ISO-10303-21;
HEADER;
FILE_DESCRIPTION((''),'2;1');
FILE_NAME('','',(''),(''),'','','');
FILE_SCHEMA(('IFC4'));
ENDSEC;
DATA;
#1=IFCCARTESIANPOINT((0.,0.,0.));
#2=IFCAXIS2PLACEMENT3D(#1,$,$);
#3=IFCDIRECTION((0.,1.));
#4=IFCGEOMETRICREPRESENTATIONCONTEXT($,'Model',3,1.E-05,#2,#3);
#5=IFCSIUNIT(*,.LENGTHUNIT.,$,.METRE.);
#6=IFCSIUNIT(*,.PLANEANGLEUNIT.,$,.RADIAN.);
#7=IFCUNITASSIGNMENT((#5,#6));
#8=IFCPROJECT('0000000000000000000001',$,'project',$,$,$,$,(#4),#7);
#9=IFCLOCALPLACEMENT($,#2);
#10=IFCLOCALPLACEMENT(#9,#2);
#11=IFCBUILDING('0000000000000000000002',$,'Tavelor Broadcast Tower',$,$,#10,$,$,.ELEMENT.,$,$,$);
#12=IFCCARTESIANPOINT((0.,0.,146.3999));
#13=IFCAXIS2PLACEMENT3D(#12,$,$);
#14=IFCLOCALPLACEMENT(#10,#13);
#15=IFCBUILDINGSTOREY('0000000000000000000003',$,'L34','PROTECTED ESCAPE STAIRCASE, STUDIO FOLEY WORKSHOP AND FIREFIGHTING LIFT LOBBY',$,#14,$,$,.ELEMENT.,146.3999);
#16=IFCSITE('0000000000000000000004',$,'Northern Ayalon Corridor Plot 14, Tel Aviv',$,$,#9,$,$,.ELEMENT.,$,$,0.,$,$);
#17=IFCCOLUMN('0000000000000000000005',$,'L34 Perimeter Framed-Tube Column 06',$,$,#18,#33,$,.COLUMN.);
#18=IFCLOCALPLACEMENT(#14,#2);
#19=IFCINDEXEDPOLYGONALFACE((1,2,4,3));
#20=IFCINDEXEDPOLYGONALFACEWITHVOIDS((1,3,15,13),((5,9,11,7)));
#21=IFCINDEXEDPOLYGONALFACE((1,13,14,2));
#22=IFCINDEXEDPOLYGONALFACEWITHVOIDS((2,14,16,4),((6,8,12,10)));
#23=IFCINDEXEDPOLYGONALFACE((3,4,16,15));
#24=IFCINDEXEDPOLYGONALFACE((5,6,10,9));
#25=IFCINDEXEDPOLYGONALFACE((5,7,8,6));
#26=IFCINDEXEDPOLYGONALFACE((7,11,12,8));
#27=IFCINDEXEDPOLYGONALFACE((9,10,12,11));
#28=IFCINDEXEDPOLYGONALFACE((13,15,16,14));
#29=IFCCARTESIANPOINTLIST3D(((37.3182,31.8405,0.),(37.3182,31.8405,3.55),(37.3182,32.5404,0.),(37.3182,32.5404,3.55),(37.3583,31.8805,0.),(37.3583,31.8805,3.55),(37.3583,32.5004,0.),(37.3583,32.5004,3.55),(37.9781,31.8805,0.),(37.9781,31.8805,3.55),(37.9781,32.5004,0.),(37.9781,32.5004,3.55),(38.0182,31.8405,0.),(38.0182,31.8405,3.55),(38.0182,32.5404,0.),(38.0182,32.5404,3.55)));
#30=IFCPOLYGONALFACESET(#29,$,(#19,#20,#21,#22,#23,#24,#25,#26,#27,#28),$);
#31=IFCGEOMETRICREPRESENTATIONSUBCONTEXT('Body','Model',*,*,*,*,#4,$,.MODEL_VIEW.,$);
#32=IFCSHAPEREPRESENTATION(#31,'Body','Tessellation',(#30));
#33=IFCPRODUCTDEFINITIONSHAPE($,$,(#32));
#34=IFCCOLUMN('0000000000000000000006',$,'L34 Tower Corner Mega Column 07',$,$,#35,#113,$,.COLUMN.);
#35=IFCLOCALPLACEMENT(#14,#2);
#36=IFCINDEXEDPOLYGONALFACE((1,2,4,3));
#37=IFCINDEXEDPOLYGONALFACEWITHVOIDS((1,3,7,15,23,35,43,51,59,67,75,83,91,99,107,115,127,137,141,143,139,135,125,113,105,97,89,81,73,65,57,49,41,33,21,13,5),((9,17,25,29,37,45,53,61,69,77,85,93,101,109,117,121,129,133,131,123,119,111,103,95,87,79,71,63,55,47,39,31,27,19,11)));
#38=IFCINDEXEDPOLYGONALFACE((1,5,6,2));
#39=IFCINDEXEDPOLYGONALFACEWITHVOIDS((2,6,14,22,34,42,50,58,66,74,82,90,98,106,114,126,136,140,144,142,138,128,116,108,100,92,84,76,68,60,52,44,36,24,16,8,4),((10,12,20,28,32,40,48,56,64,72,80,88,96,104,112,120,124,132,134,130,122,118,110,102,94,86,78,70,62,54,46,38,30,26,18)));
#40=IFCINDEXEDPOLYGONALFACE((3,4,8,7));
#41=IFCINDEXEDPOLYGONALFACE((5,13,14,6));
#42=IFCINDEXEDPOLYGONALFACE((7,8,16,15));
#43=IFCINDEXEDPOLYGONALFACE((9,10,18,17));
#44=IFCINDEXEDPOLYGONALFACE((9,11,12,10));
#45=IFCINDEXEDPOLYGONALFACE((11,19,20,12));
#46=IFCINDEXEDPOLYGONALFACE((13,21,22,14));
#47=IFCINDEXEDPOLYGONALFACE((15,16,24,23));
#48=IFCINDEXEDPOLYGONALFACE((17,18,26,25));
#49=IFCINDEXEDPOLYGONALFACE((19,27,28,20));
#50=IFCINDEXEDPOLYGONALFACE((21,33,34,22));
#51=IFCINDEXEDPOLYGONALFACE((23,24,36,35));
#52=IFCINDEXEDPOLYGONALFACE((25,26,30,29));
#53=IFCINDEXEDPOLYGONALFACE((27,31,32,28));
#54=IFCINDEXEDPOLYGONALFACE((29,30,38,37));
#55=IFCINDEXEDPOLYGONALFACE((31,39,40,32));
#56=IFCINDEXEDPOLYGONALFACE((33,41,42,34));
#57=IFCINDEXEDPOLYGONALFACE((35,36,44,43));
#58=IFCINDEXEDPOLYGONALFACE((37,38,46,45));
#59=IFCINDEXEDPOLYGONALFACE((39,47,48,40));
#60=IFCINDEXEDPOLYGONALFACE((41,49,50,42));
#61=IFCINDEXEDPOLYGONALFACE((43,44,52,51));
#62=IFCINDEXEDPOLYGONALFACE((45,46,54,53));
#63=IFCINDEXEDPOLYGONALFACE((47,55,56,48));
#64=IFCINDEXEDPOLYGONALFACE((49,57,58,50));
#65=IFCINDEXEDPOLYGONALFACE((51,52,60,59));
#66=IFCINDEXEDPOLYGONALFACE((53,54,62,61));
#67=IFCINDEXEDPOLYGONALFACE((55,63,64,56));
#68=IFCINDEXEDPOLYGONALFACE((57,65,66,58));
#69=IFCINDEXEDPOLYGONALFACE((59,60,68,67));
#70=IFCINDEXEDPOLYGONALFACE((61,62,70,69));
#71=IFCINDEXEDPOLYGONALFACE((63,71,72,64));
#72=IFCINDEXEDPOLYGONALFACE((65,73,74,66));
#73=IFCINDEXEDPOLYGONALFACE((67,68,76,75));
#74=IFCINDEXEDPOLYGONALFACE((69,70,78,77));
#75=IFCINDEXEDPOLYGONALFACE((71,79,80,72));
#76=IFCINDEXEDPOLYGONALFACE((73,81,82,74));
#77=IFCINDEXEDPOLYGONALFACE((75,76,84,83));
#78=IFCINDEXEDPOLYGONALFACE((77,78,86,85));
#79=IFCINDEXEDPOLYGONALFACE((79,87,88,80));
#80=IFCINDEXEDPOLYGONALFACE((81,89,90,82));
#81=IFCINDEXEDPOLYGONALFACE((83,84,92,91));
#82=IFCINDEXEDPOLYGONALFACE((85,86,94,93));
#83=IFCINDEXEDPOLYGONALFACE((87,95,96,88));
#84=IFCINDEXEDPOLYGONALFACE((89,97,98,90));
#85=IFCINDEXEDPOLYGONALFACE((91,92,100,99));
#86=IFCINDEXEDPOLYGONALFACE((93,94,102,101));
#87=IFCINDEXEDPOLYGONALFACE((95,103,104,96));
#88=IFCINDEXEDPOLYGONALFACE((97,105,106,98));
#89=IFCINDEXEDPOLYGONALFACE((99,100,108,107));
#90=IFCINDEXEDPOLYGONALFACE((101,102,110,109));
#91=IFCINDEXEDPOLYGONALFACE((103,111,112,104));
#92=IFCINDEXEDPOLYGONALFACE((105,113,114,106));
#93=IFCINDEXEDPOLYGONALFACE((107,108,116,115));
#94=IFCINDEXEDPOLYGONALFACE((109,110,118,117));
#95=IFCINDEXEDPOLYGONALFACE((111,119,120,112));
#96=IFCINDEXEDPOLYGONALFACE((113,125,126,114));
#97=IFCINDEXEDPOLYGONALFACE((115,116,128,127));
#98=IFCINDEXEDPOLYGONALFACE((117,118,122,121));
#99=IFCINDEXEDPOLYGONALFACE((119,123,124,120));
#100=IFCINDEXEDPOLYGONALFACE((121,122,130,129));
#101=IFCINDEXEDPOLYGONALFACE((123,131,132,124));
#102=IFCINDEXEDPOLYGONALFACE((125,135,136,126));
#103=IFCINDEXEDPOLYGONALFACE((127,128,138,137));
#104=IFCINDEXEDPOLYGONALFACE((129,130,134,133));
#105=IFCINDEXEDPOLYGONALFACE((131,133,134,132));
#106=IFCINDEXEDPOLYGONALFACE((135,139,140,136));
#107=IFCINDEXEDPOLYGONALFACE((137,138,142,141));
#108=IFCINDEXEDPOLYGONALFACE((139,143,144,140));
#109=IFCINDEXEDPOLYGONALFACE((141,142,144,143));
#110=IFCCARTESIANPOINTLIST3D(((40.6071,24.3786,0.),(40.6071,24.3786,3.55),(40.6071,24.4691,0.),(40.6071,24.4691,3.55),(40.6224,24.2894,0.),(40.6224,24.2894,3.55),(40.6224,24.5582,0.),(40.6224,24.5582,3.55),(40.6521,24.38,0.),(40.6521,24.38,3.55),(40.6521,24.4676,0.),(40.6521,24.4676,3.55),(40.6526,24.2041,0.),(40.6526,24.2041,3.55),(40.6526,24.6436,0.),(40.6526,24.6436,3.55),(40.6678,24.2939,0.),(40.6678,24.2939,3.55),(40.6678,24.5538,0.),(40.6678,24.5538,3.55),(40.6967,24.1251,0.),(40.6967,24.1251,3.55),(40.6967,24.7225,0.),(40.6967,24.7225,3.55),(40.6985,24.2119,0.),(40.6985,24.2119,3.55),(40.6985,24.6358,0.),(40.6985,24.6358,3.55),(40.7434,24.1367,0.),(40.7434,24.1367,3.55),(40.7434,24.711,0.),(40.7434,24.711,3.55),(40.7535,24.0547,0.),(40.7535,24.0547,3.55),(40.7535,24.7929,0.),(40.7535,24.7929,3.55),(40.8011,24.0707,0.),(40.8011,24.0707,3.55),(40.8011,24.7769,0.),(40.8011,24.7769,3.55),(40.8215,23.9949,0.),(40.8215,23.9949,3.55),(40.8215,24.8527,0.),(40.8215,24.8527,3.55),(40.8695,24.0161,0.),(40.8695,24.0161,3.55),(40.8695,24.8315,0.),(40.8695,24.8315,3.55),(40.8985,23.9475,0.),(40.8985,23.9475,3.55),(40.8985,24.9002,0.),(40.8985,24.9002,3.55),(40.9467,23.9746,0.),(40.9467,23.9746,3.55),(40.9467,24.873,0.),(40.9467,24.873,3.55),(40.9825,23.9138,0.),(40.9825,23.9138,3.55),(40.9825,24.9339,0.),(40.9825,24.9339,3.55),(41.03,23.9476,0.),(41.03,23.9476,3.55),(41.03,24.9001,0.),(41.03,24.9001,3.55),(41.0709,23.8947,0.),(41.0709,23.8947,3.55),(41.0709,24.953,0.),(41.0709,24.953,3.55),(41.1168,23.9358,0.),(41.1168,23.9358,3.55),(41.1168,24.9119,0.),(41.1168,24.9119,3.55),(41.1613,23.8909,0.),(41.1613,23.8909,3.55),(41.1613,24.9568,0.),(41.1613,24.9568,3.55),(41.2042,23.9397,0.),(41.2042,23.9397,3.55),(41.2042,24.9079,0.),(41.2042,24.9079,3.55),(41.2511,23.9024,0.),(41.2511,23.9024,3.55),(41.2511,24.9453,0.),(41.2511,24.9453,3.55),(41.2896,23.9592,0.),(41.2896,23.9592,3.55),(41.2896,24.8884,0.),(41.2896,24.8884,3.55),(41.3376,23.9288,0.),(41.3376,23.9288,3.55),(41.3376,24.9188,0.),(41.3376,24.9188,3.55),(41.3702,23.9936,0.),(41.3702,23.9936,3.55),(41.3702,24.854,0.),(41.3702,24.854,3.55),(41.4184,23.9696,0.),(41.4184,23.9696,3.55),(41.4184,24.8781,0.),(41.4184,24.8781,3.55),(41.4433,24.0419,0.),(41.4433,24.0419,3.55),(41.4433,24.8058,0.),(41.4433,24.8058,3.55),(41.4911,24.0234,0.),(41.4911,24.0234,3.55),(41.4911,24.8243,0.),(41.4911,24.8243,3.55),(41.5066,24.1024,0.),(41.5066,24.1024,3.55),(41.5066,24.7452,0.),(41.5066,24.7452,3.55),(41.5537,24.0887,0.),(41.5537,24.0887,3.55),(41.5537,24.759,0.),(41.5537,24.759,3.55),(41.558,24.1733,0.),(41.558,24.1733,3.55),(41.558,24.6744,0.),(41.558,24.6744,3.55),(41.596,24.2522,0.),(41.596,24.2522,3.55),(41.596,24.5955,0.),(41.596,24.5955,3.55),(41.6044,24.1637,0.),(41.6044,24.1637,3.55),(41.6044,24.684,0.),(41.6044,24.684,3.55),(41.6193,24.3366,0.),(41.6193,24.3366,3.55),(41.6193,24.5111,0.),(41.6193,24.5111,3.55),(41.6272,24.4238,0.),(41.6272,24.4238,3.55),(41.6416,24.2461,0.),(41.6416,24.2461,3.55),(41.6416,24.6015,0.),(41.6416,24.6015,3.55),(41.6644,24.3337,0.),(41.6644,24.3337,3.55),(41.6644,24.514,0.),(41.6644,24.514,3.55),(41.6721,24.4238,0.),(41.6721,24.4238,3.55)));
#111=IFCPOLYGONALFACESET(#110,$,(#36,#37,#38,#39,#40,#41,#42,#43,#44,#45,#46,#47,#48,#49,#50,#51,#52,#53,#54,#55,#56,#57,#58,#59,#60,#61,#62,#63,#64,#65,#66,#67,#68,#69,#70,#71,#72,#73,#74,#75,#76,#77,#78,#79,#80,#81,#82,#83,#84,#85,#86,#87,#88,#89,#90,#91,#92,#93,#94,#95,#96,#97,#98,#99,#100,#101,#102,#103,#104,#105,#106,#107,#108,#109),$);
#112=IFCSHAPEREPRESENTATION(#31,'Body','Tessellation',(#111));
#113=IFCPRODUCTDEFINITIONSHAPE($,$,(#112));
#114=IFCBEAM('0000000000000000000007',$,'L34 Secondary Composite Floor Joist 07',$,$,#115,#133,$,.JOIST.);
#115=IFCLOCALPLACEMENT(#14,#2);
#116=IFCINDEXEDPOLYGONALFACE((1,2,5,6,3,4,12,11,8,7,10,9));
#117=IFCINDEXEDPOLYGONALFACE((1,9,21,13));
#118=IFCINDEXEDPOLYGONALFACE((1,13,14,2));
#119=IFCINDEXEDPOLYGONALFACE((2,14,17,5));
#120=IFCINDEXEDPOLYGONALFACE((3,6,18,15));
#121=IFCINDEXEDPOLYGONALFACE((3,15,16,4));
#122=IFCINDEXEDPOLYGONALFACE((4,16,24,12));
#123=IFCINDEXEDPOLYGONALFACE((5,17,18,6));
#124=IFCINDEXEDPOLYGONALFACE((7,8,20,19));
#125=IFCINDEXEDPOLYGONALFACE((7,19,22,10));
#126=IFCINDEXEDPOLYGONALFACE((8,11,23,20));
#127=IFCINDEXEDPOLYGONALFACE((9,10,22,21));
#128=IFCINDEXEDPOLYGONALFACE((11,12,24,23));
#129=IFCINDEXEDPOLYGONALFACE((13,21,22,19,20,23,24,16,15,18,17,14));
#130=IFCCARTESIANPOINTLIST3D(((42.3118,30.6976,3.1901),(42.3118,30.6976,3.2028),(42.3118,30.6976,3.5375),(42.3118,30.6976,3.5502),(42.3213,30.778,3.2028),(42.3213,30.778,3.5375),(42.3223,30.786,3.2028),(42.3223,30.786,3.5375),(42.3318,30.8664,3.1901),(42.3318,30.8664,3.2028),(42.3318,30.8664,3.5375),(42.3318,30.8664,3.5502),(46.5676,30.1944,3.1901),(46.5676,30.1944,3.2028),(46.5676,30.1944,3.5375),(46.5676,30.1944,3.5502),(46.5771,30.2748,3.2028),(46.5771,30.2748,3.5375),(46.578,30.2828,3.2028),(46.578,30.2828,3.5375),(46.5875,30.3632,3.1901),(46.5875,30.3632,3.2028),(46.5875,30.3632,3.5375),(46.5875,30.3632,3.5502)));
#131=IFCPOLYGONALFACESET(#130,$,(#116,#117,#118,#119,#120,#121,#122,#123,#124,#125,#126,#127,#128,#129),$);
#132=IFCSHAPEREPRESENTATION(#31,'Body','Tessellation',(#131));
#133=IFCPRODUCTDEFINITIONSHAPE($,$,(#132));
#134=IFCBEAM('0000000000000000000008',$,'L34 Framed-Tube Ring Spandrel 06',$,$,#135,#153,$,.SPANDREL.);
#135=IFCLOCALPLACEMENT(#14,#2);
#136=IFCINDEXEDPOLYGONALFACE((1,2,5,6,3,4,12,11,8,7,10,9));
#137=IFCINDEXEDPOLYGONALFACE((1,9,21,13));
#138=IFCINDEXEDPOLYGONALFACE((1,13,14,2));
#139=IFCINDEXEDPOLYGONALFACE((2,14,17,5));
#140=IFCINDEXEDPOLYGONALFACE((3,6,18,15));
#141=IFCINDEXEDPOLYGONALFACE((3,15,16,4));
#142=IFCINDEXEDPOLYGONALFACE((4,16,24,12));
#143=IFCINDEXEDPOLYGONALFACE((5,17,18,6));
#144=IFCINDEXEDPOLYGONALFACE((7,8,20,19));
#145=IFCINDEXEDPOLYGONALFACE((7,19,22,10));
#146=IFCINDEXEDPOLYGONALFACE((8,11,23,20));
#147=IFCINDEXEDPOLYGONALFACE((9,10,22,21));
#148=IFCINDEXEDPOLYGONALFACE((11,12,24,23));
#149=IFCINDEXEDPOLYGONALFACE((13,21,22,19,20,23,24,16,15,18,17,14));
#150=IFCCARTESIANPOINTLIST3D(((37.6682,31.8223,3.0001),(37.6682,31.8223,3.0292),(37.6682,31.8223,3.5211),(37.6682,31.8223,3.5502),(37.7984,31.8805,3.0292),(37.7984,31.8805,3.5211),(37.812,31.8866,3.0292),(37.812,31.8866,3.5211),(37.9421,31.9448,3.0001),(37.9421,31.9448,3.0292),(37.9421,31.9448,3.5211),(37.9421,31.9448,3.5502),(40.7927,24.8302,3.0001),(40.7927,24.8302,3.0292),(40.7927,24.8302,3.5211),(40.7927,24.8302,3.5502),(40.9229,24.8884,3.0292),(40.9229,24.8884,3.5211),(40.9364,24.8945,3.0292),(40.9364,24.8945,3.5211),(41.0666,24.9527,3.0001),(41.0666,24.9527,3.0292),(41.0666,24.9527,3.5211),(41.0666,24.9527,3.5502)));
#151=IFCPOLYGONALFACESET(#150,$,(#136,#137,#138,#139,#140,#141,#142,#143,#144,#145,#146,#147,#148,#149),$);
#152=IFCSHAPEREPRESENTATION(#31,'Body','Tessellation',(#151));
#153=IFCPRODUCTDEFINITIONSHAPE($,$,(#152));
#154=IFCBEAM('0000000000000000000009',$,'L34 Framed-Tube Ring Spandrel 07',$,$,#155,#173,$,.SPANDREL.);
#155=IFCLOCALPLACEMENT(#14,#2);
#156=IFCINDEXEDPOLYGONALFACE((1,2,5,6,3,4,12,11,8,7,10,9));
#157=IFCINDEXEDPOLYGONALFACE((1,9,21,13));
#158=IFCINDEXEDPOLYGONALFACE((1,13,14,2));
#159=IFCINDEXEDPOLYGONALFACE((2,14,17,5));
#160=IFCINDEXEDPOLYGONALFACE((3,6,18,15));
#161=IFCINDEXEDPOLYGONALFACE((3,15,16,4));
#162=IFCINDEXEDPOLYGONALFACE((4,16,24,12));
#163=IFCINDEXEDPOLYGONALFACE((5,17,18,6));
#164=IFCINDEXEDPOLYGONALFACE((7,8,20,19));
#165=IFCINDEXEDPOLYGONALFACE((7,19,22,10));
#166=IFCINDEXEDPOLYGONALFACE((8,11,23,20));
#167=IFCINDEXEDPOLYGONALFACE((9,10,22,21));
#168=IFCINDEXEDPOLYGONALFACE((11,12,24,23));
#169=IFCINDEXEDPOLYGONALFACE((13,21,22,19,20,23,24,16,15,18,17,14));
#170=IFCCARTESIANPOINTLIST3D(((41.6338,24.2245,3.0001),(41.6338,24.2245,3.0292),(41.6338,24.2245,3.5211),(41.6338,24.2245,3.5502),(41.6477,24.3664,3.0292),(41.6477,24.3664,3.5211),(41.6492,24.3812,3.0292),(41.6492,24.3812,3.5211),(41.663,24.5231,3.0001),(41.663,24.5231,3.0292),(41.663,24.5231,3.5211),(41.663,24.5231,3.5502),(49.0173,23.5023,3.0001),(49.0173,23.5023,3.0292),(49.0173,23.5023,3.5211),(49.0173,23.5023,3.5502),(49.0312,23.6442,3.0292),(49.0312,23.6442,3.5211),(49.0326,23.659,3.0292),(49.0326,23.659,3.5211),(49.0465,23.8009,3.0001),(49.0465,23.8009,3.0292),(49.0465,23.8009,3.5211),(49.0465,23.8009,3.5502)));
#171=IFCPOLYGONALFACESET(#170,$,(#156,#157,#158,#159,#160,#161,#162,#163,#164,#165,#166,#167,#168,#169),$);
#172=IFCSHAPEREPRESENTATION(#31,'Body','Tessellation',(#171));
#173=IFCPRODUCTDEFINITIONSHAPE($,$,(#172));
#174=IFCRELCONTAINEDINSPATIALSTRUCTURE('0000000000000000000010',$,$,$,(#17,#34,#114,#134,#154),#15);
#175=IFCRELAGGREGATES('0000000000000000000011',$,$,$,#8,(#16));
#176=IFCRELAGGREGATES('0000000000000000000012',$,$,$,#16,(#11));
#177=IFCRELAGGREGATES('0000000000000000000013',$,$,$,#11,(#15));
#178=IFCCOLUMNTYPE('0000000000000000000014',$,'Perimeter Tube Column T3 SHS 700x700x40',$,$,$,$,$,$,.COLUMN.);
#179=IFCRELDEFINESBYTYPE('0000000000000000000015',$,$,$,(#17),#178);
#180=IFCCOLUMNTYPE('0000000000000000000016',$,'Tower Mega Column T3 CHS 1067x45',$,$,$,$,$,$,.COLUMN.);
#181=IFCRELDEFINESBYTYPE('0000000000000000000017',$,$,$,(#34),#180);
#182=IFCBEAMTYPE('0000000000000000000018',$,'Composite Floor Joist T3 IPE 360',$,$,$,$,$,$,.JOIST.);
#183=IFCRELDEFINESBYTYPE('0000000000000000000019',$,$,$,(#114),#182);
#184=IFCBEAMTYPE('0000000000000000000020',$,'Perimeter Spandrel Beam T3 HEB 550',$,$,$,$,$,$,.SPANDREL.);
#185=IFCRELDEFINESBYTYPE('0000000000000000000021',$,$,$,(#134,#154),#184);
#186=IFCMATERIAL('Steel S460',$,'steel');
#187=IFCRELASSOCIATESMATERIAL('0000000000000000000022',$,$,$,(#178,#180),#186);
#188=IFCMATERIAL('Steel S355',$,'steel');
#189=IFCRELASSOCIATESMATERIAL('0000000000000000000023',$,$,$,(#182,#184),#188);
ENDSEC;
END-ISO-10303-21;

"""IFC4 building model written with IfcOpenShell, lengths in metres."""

from ifc_helpers import new_model, si_unit, direction, frame, origin, origin_2d, place, context, subcontext, project, spatial, hollow_rectangle, hollow_circle, i_section, extrude, material, material_profile, profile_set, type_object, element, save


model = new_model("IFC4")

# Units and contexts
model_context = context("Model", 3, precision=1e-05, world=origin(), true_north=direction((0.0, 1.0)))
body_context = subcontext(model_context, "Body", "Model", "MODEL_VIEW")
ifc_project = project(units=[si_unit("LENGTHUNIT", "METRE"), si_unit("PLANEANGLEUNIT", "RADIAN")], contexts=[model_context])

# Site, building, storey
site_placement = place(None, origin())
site = spatial("IfcSite", under=ifc_project, at=site_placement, Name="Northern Ayalon Corridor Plot 14, Tel Aviv", CompositionType="ELEMENT", RefElevation=0.0)
building_placement = place(site_placement, origin())
building = spatial("IfcBuilding", under=site, at=building_placement, Name="Tavelor Broadcast Tower", CompositionType="ELEMENT")
storey_placement = place(building_placement, frame((0.0, 0.0, 146.3999)))
storey = spatial("IfcBuildingStorey", under=building, at=storey_placement, Name="L34", Description="PROTECTED ESCAPE STAIRCASE, STUDIO FOLEY WORKSHOP AND FIREFIGHTING LIFT LOBBY", CompositionType="ELEMENT", Elevation=146.3999)

# Columns
ifc_material_1 = material(Name="Steel S460", Category="steel")
ifc_material_profile_1 = material_profile(ifc_material_1, hollow_rectangle(XDim=0.7, YDim=0.7, WallThickness=0.04, at=origin_2d()), Name="SHS 700x700x40")
ifc_profile_set_1 = profile_set([ifc_material_profile_1], Name="Steel S460")
column_type_1 = type_object("IfcColumnType", Name="Perimeter Tube Column T3 SHS 700x700x40", PredefinedType="COLUMN", material=ifc_profile_set_1)
column_1_placement = place(storey_placement, frame((37.6682, 32.1904, 0.0), z_axis=(0.0, 0.0, 1.0), x_axis=(1.0, 0.0, 0.0)))
element("IfcColumn", 1, at=column_1_placement, inside=storey, type_object=column_type_1, Name="L34 Perimeter Framed-Tube Column 06", PredefinedType="COLUMN", context=body_context, shape_type="SweptSolid", body=[
    extrude(hollow_rectangle(XDim=0.7, YDim=0.7, WallThickness=0.04, at=origin_2d()), origin(), (0.0, 0.0, 1.0), 3.55),
])
ifc_material_profile_2 = material_profile(ifc_material_1, hollow_circle(Radius=0.5334, WallThickness=0.0449, at=origin_2d()), Name="CHS 1067x45")
ifc_profile_set_2 = profile_set([ifc_material_profile_2], Name="Steel S460")
column_type_2 = type_object("IfcColumnType", Name="Tower Mega Column T3 CHS 1067x45", PredefinedType="COLUMN", material=ifc_profile_set_2)
column_2_placement = place(storey_placement, frame((41.1387, 24.4238, 0.0), z_axis=(0.0, 0.0, 1.0), x_axis=(1.0, 0.0, 0.0)))
element("IfcColumn", 2, at=column_2_placement, inside=storey, type_object=column_type_2, Name="L34 Tower Corner Mega Column 07", PredefinedType="COLUMN", context=body_context, shape_type="SweptSolid", body=[
    extrude(hollow_circle(Radius=0.5334, WallThickness=0.0449, at=origin_2d()), origin(), (0.0, 0.0, 1.0), 3.55),
])

# Beams
ifc_material_2 = material(Name="Steel S355", Category="steel")
ifc_material_profile_3 = material_profile(ifc_material_2, i_section(OverallWidth=0.1699, OverallDepth=0.3601, WebThickness=0.0081, FlangeThickness=0.0127, at=origin_2d()), Name="IPE 360")
ifc_profile_set_3 = profile_set([ifc_material_profile_3], Name="Steel S355")
beam_type_1 = type_object("IfcBeamType", Name="Composite Floor Joist T3 IPE 360", PredefinedType="JOIST", material=ifc_profile_set_3)
beam_1_placement = place(storey_placement, frame((42.3218, 30.782, 3.3701), z_axis=(0.993083, -0.117413, 0.0), x_axis=(0.117413, 0.993083, 0.0)))
element("IfcBeam", 3, at=beam_1_placement, inside=storey, type_object=beam_type_1, Name="L34 Secondary Composite Floor Joist 07", PredefinedType="JOIST", context=body_context, shape_type="SweptSolid", body=[
    extrude(i_section(OverallWidth=0.1699, OverallDepth=0.3601, WebThickness=0.0081, FlangeThickness=0.0127, at=origin_2d()), origin(), (0.0, 0.0, 1.0), 4.2854),
])
ifc_material_profile_4 = material_profile(ifc_material_2, i_section(OverallWidth=0.3, OverallDepth=0.55, WebThickness=0.0149, FlangeThickness=0.0291, at=origin_2d()), Name="HEB 550")
ifc_profile_set_4 = profile_set([ifc_material_profile_4], Name="Steel S355")
beam_type_2 = type_object("IfcBeamType", Name="Perimeter Spandrel Beam T3 HEB 550", PredefinedType="SPANDREL", material=ifc_profile_set_4)
beam_2_placement = place(storey_placement, frame((37.8052, 31.8835, 3.2751), z_axis=(0.407977, -0.912992, 0.0), x_axis=(0.912992, 0.407977, 0.0)))
element("IfcBeam", 4, at=beam_2_placement, inside=storey, type_object=beam_type_2, Name="L34 Framed-Tube Ring Spandrel 06", PredefinedType="SPANDREL", context=body_context, shape_type="SweptSolid", body=[
    extrude(i_section(OverallWidth=0.3, OverallDepth=0.55, WebThickness=0.0149, FlangeThickness=0.0291, at=origin_2d()), origin(), (0.0, 0.0, 1.0), 7.6584),
])
beam_3_placement = place(storey_placement, frame((41.6484, 24.3738, 3.2751), z_axis=(0.995251, -0.097343, 0.0), x_axis=(0.097343, 0.995251, 0.0)))
element("IfcBeam", 5, at=beam_3_placement, inside=storey, type_object=beam_type_2, Name="L34 Framed-Tube Ring Spandrel 07", PredefinedType="SPANDREL", context=body_context, shape_type="SweptSolid", body=[
    extrude(i_section(OverallWidth=0.3, OverallDepth=0.55, WebThickness=0.0149, FlangeThickness=0.0291, at=origin_2d()), origin(), (0.0, 0.0, 1.0), 7.4187),
])

save(model, "model.ifc")
